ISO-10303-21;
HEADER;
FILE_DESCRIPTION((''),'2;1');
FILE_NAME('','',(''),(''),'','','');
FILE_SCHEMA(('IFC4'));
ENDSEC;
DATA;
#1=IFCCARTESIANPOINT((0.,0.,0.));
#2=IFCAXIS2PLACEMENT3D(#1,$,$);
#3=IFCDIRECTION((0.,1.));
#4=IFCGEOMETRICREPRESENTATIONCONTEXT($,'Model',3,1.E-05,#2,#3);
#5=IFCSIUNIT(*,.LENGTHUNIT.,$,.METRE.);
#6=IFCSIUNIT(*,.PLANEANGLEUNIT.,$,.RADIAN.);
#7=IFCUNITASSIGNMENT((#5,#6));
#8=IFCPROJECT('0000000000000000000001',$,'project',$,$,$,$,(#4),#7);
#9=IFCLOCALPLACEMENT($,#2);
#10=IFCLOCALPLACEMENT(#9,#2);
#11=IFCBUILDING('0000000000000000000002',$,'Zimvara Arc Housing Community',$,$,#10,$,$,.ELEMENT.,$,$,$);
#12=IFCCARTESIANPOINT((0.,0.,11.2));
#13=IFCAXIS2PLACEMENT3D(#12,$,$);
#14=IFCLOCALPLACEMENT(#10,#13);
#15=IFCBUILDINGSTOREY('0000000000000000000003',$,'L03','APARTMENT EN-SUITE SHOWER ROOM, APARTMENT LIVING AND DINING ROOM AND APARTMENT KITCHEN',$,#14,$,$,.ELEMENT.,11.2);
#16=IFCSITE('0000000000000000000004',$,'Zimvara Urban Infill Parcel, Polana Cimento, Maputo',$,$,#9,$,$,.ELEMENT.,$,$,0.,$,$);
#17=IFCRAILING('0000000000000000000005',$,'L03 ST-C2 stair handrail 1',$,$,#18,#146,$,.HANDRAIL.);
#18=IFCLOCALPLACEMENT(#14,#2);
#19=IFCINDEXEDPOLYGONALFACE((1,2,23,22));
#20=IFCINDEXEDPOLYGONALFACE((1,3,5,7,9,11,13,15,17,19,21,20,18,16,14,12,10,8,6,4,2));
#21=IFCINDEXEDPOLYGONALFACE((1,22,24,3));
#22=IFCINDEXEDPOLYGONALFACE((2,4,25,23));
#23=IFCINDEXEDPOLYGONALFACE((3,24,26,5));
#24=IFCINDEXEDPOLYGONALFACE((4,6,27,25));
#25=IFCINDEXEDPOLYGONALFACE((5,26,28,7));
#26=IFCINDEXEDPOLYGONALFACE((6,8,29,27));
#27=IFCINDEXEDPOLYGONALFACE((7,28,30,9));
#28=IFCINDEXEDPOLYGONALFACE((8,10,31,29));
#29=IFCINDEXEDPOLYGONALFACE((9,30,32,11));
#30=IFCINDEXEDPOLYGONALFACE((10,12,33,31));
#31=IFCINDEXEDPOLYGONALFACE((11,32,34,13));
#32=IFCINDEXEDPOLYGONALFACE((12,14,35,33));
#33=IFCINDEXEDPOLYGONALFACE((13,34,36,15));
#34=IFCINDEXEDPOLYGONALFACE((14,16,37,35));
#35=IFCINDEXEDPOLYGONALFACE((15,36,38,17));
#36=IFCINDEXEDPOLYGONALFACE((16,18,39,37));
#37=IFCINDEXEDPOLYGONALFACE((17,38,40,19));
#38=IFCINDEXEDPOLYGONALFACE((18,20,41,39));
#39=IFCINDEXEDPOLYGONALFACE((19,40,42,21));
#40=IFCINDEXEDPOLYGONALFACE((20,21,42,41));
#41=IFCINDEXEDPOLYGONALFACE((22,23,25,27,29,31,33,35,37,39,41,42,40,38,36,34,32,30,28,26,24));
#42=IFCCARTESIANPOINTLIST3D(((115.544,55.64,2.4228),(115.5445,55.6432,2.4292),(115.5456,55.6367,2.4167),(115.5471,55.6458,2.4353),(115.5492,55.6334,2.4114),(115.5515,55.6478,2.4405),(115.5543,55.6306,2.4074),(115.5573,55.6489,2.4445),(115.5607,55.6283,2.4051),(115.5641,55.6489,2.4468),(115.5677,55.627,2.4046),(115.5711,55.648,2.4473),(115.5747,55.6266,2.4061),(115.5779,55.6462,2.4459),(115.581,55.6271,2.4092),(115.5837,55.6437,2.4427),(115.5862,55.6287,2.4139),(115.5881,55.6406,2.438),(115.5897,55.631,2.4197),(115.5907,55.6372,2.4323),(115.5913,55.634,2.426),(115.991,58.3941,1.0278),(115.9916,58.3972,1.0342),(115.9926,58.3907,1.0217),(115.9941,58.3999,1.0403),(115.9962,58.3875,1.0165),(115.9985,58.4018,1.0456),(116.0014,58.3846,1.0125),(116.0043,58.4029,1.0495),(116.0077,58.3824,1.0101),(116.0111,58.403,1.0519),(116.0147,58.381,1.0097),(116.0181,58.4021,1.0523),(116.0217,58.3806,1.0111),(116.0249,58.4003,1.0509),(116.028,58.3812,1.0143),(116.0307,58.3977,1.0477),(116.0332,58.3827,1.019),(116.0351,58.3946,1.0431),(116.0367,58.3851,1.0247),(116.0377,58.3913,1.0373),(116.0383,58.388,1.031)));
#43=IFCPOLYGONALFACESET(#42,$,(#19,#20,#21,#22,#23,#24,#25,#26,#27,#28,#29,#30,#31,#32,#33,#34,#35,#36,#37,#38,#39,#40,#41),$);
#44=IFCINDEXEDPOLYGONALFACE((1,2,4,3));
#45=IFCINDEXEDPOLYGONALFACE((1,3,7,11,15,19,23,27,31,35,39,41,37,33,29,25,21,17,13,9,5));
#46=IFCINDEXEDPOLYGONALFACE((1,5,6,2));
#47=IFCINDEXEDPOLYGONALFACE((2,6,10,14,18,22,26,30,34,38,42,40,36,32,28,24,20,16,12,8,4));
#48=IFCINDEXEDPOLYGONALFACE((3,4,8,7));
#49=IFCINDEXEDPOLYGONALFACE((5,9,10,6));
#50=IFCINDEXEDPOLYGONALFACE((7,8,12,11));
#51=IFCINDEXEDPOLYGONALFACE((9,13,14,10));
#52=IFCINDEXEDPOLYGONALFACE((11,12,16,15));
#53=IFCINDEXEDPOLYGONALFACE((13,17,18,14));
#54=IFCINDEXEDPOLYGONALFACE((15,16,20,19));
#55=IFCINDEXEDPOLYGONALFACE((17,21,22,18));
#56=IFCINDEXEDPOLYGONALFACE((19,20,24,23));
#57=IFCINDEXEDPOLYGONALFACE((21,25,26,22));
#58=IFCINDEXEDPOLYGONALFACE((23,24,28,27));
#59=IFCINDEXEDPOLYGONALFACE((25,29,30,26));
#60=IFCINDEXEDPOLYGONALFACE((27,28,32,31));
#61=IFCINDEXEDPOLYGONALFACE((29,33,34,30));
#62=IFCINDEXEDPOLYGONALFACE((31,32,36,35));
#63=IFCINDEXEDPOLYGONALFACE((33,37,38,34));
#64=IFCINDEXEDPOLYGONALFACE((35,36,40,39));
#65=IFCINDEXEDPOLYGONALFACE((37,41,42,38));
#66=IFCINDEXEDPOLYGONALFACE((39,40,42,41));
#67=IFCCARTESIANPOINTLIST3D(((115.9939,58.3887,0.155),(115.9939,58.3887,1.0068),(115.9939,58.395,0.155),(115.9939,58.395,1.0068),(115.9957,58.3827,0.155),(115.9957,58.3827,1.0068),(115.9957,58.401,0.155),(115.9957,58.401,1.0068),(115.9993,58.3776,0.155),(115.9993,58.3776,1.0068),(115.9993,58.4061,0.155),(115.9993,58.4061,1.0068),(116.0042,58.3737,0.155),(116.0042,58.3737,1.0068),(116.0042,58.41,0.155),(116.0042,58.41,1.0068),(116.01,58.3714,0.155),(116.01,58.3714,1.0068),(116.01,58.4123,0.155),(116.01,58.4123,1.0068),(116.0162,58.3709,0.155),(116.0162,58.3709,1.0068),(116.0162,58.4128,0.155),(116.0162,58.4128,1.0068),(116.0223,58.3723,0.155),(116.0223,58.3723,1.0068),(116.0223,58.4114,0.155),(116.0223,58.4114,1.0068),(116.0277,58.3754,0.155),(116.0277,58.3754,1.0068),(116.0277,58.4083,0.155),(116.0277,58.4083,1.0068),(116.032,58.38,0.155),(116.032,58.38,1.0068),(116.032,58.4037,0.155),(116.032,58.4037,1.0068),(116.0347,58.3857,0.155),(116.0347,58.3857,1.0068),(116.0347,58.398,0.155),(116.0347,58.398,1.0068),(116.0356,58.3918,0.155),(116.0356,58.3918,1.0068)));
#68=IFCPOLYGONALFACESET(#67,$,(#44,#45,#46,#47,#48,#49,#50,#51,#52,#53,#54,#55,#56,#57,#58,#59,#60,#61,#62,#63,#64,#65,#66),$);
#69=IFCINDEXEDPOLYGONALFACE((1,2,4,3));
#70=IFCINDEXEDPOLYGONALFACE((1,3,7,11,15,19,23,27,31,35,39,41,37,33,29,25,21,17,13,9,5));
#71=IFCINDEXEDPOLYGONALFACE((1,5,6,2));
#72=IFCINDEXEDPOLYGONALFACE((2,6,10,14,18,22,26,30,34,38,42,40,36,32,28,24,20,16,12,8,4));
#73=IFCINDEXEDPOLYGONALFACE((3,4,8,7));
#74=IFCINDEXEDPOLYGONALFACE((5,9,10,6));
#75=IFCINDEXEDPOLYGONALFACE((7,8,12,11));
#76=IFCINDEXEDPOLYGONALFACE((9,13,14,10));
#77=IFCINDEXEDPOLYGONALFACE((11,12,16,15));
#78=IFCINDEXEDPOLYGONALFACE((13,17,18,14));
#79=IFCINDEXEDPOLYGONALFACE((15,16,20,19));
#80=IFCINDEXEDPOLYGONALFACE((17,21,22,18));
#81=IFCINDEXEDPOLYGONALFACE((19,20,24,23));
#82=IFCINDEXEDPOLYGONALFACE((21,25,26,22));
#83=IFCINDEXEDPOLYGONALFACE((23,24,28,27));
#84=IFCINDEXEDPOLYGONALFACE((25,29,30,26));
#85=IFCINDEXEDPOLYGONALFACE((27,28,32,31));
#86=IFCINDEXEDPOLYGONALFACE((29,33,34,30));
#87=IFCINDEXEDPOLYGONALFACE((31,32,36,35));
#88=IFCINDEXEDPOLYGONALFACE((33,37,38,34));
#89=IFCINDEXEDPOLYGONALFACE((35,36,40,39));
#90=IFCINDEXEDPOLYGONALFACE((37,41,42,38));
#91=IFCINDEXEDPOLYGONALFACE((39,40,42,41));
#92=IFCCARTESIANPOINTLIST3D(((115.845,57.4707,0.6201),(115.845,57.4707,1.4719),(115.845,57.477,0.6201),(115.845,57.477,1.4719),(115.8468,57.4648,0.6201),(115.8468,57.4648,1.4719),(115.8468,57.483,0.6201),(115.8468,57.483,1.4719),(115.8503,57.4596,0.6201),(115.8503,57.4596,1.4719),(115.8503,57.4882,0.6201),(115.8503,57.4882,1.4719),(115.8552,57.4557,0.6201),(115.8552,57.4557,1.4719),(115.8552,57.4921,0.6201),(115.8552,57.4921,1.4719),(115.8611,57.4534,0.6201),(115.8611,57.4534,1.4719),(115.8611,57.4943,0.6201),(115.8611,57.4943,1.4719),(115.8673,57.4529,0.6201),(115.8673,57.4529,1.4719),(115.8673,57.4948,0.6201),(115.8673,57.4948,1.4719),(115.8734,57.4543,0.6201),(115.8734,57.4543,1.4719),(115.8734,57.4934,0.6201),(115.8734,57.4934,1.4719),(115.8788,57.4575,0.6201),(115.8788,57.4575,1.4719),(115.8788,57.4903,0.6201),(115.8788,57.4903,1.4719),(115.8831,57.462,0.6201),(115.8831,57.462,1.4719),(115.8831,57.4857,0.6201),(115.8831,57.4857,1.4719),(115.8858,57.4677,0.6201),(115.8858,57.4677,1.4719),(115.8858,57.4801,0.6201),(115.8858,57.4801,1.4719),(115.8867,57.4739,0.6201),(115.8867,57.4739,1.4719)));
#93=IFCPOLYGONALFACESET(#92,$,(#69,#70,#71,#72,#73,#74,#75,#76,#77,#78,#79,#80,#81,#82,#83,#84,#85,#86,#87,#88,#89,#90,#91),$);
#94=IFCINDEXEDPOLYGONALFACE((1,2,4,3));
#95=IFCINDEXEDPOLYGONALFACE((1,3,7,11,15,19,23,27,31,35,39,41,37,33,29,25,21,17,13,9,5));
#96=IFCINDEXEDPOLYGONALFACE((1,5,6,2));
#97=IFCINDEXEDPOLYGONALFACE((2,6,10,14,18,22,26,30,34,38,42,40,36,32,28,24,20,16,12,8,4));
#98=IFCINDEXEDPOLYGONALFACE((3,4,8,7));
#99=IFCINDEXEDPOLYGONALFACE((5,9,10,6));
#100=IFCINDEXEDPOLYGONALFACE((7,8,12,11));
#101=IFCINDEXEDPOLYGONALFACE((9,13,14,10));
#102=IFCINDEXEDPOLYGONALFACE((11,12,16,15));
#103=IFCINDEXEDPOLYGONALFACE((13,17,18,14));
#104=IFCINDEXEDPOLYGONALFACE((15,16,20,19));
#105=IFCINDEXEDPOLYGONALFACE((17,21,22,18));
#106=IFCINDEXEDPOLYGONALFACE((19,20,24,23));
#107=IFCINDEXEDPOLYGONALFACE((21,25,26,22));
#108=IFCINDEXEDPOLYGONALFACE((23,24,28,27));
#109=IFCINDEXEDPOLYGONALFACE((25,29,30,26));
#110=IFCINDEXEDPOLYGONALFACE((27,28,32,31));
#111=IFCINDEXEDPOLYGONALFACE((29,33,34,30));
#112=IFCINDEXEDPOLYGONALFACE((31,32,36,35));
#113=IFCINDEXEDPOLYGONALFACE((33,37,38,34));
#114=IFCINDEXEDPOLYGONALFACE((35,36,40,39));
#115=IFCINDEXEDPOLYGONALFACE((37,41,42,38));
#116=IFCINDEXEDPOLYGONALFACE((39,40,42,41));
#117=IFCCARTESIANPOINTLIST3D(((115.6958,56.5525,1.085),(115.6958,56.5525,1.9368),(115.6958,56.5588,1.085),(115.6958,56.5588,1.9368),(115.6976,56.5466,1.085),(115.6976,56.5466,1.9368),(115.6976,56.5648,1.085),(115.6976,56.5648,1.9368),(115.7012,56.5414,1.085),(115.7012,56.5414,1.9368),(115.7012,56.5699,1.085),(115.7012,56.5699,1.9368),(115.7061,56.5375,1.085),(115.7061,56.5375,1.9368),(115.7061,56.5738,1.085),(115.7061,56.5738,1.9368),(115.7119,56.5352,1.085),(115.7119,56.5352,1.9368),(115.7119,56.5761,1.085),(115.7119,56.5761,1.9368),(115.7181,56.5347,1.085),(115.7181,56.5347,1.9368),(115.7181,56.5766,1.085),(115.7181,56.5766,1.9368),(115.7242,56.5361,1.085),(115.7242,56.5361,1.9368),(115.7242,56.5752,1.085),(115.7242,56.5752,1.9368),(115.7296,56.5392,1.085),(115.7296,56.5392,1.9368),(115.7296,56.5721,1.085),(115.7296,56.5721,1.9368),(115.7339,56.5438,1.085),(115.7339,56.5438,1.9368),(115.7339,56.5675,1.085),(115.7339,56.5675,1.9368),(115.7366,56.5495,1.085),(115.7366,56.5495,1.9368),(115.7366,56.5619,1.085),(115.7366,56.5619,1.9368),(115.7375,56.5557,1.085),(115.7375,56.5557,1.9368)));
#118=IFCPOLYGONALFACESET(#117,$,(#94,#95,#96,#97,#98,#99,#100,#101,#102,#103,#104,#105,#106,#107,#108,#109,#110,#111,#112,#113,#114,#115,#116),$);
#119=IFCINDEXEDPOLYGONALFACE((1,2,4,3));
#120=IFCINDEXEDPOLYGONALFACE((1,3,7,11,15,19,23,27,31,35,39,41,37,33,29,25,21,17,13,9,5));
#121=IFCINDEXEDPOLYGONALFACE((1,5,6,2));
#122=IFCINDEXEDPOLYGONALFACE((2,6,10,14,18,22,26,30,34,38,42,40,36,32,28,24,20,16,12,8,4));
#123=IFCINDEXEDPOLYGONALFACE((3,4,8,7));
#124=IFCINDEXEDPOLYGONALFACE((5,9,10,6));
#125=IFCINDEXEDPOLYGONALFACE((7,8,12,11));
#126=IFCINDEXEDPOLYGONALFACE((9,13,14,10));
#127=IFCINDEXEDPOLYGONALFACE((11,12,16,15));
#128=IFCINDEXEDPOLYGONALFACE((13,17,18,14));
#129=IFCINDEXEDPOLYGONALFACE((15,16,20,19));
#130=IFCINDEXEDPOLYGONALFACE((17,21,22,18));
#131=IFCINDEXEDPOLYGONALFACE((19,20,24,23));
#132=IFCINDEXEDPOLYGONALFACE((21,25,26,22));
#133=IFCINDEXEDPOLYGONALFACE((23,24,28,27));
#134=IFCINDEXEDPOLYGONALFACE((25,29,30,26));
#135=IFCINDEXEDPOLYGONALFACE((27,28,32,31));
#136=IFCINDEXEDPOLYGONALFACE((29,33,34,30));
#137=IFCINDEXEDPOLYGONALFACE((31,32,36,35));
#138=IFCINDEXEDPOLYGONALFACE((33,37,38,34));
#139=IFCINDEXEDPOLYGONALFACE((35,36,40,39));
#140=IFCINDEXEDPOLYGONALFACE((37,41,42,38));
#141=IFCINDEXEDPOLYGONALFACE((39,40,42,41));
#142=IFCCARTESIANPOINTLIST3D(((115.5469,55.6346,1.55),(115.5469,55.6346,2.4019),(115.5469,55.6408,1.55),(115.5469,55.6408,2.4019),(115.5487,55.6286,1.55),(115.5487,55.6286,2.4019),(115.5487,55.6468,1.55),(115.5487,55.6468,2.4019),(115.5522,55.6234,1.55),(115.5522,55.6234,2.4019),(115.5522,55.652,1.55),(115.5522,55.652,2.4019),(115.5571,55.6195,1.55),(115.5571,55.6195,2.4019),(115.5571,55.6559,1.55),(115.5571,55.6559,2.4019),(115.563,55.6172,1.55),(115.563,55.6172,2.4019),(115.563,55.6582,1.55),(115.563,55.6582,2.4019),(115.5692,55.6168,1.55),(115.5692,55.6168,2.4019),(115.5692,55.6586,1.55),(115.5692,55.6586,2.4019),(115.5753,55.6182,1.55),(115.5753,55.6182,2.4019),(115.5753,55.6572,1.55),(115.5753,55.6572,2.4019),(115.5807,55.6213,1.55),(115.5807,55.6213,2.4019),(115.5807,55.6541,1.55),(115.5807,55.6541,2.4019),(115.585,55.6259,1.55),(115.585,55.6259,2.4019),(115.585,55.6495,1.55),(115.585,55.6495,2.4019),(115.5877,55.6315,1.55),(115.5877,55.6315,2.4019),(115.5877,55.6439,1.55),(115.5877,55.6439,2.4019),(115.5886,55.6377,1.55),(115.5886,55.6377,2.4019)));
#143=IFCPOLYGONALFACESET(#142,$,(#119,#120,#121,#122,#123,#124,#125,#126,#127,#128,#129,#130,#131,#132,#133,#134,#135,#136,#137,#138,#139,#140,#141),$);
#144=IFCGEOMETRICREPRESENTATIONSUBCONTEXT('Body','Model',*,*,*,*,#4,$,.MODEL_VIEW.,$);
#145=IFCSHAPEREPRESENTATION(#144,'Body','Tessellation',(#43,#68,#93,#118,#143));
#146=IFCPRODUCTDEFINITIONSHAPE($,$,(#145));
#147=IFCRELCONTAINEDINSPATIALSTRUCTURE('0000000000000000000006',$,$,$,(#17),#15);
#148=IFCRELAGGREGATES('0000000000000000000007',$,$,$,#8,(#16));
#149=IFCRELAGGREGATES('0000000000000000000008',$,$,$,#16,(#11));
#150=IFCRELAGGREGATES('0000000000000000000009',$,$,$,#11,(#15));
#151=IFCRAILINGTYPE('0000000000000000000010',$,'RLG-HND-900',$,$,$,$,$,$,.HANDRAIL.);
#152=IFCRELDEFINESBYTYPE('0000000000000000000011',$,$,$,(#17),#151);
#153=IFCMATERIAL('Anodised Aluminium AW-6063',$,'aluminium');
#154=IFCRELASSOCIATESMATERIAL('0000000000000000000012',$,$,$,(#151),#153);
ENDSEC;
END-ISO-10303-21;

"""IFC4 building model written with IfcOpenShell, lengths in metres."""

from ifc_helpers import new_model, si_unit, direction, frame, origin, origin_2d, place, context, subcontext, project, spatial, circle, extrude, material, type_object, element, save


model = new_model("IFC4")

# Units and contexts
model_context = context("Model", 3, precision=1e-05, world=origin(), true_north=direction((0.0, 1.0)))
body_context = subcontext(model_context, "Body", "Model", "MODEL_VIEW")
ifc_project = project(units=[si_unit("LENGTHUNIT", "METRE"), si_unit("PLANEANGLEUNIT", "RADIAN")], contexts=[model_context])

# Site, building, storey
site_placement = place(None, origin())
site = spatial("IfcSite", under=ifc_project, at=site_placement, Name="Zimvara Urban Infill Parcel, Polana Cimento, Maputo", CompositionType="ELEMENT", RefElevation=0.0)
building_placement = place(site_placement, origin())
building = spatial("IfcBuilding", under=site, at=building_placement, Name="Zimvara Arc Housing Community", CompositionType="ELEMENT")
storey_placement = place(building_placement, frame((0.0, 0.0, 11.2)))
storey = spatial("IfcBuildingStorey", under=building, at=storey_placement, Name="L03", Description="APARTMENT EN-SUITE SHOWER ROOM, APARTMENT LIVING AND DINING ROOM AND APARTMENT KITCHEN", CompositionType="ELEMENT", Elevation=11.2)

# Railing
ifc_material_1 = material(Name="Anodised Aluminium AW-6063", Category="aluminium")
railing_type_1 = type_object("IfcRailingType", Name="RLG-HND-900", PredefinedType="HANDRAIL", material=ifc_material_1)
railing_1_placement = place(storey_placement, frame((116.0146, 58.3918, 0.155)))
element("IfcRailing", 1, at=railing_1_placement, inside=storey, type_object=railing_type_1, Name="L03 ST-C2 stair handrail 1", PredefinedType="HANDRAIL", context=body_context, shape_type="SweptSolid", body=[
    extrude(circle(Radius=0.0239, at=origin_2d()), frame((0.0, 0.0, 0.876), z_axis=(-0.143299, -0.882883, 0.447194), x_axis=(0.987083, -0.160212, 0.0)), (0.0, 0.0, 1.0), 3.1194),
    extrude(circle(Radius=0.021, at=origin_2d()), origin(), (0.0, 0.0, 1.0), 0.8518),
    extrude(circle(Radius=0.021, at=origin_2d()), frame((-0.1489, -0.918, 0.4651)), (0.0, 0.0, 1.0), 0.8518),
    extrude(circle(Radius=0.021, at=origin_2d()), frame((-0.2981, -1.8362, 0.9299)), (0.0, 0.0, 1.0), 0.8518),
    extrude(circle(Radius=0.021, at=origin_2d()), frame((-0.447, -2.7542, 1.395)), (0.0, 0.0, 1.0), 0.8518),
])

save(model, "model.ifc")
